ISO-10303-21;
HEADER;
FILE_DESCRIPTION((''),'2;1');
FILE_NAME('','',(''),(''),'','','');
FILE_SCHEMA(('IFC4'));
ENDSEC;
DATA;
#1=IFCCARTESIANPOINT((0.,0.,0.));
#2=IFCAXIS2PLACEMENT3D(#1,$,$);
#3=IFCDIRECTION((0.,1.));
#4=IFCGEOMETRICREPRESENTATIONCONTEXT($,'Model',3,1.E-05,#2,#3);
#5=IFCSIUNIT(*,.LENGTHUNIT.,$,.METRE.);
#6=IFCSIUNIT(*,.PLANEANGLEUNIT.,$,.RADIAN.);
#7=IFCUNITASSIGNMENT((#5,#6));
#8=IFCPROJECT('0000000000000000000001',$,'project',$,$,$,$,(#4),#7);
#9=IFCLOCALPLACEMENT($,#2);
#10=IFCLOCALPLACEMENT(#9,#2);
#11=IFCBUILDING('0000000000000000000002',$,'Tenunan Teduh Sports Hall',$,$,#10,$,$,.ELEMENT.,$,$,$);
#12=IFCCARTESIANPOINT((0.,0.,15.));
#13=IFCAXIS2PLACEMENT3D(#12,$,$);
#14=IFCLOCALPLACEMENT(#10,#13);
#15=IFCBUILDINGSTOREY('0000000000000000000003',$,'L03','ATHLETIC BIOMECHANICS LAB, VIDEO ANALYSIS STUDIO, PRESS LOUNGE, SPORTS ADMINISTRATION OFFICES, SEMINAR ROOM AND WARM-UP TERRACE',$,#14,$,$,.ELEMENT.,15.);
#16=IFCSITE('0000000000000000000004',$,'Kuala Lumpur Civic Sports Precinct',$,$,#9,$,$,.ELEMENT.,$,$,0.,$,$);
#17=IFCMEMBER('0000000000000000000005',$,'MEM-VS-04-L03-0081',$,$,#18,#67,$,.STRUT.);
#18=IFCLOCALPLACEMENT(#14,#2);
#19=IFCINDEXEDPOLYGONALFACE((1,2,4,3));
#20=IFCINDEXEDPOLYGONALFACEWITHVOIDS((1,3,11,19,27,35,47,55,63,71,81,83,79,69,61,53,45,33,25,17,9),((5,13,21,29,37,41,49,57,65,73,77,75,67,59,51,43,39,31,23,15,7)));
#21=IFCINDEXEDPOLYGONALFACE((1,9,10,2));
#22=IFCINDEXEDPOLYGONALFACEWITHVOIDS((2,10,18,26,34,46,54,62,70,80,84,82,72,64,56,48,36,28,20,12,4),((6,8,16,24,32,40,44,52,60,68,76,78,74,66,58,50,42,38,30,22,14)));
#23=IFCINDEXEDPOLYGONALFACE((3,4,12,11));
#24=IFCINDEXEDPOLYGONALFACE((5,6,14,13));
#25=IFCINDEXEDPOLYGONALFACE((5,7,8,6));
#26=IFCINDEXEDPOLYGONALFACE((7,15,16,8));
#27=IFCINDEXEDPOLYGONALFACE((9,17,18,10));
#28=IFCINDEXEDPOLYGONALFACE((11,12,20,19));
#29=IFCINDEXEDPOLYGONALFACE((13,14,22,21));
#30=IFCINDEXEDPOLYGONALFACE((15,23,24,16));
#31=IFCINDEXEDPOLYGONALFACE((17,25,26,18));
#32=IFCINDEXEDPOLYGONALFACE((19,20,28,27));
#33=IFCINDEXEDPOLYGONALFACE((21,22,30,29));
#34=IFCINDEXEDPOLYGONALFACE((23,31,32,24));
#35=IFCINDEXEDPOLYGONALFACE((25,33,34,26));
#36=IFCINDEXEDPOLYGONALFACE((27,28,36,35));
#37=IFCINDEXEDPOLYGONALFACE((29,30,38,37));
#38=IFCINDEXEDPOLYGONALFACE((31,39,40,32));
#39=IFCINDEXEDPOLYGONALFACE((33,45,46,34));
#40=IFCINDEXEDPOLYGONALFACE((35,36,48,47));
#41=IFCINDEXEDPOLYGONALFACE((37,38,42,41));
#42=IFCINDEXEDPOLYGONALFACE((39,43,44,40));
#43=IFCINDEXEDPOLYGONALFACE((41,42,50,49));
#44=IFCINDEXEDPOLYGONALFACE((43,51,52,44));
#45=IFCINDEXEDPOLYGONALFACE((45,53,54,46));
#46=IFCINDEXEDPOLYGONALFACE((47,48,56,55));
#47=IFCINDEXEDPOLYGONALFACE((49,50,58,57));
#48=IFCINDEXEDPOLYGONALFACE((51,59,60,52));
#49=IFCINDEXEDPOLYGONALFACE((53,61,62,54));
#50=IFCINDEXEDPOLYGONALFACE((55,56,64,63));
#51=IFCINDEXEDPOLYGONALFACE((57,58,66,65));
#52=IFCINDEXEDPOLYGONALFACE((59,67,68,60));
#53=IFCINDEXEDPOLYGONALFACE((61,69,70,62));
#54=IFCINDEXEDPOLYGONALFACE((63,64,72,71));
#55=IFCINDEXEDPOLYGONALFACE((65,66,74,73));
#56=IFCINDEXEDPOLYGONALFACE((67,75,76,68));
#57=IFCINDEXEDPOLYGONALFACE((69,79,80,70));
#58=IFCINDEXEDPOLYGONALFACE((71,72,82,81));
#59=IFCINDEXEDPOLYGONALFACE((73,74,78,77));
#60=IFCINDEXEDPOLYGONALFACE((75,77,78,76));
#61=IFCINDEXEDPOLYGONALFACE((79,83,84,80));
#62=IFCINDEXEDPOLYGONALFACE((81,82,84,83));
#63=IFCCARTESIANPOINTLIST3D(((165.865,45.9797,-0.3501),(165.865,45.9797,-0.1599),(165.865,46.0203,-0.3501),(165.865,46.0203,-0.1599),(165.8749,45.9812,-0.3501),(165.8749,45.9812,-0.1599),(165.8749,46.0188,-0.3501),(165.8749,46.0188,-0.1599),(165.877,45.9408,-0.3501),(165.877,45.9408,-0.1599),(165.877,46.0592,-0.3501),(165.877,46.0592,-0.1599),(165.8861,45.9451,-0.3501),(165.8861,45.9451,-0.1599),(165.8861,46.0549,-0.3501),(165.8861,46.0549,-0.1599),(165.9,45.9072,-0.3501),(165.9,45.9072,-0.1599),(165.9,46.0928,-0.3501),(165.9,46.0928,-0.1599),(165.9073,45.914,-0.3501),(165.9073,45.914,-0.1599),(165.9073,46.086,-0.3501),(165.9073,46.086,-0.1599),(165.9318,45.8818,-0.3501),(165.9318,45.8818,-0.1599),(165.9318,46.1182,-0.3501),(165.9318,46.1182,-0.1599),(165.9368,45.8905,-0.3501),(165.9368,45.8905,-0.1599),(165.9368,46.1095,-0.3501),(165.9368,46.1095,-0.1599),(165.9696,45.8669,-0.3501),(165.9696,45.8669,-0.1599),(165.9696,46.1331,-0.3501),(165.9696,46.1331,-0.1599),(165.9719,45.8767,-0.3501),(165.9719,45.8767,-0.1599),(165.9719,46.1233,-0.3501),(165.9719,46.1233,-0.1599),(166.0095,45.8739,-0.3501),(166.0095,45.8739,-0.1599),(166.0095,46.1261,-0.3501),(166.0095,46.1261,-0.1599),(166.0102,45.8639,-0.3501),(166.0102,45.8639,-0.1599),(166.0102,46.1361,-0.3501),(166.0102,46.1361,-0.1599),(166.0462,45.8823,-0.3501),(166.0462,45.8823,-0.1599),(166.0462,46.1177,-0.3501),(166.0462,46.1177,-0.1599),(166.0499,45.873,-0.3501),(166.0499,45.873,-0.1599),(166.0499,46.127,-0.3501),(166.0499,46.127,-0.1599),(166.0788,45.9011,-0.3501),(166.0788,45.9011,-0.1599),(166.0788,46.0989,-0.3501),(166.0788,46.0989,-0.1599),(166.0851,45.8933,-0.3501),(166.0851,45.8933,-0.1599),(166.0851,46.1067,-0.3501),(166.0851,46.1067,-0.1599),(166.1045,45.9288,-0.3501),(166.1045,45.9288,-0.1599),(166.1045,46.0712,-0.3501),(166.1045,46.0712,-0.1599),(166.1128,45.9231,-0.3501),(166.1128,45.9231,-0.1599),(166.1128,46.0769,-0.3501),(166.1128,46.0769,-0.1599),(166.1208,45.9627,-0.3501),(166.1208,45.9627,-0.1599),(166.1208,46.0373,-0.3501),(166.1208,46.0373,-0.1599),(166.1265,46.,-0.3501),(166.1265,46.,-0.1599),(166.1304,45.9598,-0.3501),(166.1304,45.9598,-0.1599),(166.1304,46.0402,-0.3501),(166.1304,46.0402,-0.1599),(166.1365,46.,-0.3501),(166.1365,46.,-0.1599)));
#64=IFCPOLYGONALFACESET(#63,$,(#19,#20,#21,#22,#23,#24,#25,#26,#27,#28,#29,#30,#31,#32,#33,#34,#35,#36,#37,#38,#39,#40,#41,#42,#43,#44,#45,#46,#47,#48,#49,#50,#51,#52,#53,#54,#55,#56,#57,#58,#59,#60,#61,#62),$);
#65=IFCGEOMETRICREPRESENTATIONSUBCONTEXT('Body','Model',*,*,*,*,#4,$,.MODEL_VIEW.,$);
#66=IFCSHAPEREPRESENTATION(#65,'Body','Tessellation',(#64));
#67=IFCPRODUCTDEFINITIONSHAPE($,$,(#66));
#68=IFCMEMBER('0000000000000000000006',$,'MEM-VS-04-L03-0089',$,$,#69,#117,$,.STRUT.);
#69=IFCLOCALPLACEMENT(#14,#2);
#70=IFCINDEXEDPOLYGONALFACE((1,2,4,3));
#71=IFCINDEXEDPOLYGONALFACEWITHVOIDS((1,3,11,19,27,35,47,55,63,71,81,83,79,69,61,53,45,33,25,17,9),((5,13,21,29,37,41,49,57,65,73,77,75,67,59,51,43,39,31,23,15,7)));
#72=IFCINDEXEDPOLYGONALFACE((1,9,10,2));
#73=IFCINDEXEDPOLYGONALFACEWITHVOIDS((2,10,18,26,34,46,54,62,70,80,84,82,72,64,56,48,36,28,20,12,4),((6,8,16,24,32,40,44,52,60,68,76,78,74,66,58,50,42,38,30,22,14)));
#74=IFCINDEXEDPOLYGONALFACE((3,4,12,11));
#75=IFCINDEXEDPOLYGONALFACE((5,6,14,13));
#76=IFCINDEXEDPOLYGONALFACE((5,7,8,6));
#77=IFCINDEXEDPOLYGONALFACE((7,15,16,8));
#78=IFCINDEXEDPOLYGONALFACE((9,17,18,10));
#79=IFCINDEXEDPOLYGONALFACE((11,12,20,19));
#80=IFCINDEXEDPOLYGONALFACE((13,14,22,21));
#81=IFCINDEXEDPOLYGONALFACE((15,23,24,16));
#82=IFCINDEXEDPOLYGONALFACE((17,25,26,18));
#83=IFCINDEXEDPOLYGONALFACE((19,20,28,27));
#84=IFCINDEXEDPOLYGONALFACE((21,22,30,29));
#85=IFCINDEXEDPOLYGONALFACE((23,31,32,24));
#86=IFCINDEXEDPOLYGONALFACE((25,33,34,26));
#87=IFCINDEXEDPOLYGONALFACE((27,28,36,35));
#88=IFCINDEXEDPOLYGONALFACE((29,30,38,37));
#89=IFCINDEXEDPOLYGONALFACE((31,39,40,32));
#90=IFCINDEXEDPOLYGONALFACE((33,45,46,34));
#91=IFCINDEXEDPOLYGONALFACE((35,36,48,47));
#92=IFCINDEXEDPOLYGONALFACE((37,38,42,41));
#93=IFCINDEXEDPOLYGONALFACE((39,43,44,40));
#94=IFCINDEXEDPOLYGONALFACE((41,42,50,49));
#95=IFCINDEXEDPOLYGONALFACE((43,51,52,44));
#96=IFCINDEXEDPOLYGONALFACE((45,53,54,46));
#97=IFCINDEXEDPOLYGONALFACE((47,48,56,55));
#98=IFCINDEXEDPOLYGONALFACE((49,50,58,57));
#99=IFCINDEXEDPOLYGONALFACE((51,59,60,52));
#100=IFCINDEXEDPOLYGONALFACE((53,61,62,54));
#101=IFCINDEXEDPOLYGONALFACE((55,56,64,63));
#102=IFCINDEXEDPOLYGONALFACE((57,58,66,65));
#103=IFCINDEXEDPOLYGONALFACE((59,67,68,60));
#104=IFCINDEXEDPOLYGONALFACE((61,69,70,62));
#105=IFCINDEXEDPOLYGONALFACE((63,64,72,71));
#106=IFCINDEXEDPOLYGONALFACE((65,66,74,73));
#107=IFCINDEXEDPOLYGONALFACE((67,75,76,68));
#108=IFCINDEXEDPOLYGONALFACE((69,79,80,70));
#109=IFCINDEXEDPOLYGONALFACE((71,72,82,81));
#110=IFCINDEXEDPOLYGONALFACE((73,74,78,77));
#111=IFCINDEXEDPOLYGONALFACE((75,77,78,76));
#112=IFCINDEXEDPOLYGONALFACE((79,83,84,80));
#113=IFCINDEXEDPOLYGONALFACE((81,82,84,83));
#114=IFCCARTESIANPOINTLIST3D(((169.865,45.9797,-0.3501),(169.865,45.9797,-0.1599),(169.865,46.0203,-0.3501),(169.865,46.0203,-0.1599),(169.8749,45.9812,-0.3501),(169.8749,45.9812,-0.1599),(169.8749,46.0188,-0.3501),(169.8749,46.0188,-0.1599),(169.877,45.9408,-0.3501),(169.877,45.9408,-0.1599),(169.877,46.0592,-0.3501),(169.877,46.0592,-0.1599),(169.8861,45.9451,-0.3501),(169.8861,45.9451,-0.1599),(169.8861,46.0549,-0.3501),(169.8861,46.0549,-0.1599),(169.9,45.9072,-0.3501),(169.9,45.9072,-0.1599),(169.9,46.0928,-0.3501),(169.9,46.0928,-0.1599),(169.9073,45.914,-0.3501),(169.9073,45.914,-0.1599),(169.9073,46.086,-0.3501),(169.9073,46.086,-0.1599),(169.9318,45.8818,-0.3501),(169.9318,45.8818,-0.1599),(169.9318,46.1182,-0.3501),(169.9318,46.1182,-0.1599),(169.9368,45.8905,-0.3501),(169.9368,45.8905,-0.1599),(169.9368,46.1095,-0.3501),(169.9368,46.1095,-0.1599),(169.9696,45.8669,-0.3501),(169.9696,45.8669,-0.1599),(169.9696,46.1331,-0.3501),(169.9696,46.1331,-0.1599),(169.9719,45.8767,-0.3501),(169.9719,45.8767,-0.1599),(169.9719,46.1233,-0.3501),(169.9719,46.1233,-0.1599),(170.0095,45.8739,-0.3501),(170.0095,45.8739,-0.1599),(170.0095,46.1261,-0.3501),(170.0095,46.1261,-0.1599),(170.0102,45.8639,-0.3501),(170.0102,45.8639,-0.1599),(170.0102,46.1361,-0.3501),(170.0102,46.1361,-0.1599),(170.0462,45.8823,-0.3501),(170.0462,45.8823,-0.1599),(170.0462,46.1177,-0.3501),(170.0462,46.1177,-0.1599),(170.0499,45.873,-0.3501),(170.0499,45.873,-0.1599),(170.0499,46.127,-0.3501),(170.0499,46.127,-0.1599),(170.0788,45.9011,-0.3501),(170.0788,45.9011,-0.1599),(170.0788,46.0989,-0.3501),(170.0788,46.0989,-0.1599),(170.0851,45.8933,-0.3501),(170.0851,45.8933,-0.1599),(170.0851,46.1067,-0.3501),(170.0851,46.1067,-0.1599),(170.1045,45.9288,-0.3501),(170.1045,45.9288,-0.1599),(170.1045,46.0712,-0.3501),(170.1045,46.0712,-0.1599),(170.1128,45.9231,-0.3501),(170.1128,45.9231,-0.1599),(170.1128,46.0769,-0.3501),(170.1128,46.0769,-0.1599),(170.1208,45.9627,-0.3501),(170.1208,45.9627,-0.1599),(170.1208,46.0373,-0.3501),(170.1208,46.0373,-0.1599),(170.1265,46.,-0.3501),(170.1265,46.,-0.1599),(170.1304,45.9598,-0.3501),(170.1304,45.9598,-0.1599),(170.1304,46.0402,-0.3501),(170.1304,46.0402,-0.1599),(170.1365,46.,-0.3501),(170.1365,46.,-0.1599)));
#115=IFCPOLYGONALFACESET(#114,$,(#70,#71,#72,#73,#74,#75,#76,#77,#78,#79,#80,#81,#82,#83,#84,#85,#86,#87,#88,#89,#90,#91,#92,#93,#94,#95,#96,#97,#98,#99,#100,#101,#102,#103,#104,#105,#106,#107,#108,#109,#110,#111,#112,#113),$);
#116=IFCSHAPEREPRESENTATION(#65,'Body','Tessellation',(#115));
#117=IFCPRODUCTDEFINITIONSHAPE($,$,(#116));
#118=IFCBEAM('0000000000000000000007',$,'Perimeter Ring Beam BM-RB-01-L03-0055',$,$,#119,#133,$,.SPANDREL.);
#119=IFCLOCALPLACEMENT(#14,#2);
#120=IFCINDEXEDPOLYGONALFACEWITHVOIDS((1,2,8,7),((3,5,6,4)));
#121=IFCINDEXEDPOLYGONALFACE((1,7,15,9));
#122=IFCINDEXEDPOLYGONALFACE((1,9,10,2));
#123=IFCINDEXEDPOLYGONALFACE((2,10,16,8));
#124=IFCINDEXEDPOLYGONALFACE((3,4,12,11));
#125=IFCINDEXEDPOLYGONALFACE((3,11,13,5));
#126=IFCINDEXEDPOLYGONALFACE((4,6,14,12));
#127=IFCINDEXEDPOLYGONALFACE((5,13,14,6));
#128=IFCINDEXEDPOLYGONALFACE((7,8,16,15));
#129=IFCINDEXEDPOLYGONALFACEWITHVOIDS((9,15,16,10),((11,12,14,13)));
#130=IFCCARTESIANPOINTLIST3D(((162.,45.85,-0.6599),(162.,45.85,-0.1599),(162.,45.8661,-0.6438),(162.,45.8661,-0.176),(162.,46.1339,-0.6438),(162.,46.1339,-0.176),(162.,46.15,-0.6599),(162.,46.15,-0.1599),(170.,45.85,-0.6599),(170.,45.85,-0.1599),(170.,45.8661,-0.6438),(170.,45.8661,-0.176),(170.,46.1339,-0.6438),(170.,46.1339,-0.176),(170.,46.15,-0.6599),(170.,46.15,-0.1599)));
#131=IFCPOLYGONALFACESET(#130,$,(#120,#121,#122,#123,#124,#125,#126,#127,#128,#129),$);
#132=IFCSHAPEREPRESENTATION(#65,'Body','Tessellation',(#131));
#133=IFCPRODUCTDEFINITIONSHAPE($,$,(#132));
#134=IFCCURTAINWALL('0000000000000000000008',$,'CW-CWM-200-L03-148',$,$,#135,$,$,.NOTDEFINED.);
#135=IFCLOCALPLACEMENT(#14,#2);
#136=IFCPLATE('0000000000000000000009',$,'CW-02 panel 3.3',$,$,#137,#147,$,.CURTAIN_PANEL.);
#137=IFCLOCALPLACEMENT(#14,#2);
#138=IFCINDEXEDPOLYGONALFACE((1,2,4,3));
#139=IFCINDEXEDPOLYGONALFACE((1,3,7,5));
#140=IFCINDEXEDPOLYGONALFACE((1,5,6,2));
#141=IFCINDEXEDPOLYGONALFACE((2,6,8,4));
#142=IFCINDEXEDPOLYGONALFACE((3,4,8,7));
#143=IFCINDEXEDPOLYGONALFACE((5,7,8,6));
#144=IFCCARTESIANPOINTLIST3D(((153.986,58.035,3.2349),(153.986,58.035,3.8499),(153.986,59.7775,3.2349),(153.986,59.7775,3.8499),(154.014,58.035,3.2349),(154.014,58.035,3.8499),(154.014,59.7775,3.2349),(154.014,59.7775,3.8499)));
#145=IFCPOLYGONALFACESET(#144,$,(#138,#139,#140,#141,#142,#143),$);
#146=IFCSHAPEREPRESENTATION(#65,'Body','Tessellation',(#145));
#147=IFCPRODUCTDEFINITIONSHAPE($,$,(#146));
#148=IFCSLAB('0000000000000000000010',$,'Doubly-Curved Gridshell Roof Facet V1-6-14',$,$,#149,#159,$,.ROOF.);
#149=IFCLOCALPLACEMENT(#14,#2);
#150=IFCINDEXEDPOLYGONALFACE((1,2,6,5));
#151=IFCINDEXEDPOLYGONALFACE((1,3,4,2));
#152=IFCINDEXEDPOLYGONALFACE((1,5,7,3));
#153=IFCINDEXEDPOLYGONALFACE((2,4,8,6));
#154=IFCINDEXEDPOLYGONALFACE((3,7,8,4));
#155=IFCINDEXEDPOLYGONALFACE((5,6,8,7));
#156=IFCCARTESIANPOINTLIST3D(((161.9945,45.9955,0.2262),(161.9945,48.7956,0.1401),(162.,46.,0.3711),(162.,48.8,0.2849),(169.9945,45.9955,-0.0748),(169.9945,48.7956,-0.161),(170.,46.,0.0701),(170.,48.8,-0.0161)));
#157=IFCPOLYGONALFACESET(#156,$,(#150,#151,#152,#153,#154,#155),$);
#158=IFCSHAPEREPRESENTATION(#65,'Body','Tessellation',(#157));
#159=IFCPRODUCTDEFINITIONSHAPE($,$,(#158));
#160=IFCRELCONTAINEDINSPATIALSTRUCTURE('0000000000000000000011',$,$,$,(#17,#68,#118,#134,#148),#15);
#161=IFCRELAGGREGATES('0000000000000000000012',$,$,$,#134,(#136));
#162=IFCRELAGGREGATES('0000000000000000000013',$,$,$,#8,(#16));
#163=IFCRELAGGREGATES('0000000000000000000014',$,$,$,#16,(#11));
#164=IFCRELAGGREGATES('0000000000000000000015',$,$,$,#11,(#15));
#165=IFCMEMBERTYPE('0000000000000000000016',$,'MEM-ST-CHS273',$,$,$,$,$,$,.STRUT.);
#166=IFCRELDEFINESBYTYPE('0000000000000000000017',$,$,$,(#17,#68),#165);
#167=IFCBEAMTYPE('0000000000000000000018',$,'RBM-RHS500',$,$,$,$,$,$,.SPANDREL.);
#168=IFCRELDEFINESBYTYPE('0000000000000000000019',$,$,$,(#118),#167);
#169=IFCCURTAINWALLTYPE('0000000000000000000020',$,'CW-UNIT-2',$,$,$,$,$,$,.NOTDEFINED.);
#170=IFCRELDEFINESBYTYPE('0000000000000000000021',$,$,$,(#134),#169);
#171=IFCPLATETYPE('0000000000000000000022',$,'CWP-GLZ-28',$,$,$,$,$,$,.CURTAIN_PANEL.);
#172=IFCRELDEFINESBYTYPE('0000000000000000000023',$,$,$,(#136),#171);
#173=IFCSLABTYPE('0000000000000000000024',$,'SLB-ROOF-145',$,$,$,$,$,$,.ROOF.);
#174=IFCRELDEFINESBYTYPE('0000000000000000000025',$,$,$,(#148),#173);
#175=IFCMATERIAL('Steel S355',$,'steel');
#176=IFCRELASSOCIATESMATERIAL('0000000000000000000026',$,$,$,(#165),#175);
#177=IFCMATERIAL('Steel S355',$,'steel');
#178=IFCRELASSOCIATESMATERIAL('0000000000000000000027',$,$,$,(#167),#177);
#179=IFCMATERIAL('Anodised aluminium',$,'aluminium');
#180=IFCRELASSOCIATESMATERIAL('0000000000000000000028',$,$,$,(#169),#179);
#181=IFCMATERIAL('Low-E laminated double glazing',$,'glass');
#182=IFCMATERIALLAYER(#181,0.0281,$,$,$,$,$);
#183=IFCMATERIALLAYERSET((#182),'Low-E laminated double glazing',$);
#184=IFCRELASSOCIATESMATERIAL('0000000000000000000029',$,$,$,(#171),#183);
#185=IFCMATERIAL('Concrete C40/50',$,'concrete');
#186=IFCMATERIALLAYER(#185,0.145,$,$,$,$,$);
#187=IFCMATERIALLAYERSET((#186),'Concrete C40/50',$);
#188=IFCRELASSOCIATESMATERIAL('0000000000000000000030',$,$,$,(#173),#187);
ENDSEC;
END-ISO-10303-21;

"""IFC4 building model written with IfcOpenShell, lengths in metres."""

from ifc_helpers import new_model, si_unit, direction, frame, origin, origin_2d, place, context, subcontext, project, spatial, polyline, rectangle, hollow_rectangle, hollow_circle, outline, extrude, material, layer, layer_set, material_profile, profile_set, type_object, element, aggregate, save


model = new_model("IFC4")

# Units and contexts
model_context = context("Model", 3, precision=1e-05, world=origin(), true_north=direction((0.0, 1.0)))
body_context = subcontext(model_context, "Body", "Model", "MODEL_VIEW")
ifc_project = project(units=[si_unit("LENGTHUNIT", "METRE"), si_unit("PLANEANGLEUNIT", "RADIAN")], contexts=[model_context])

# Site, building, storey
site_placement = place(None, origin())
site = spatial("IfcSite", under=ifc_project, at=site_placement, Name="Kuala Lumpur Civic Sports Precinct", CompositionType="ELEMENT", RefElevation=0.0)
building_placement = place(site_placement, origin())
building = spatial("IfcBuilding", under=site, at=building_placement, Name="Tenunan Teduh Sports Hall", CompositionType="ELEMENT")
storey_placement = place(building_placement, frame((0.0, 0.0, 15.0)))
storey = spatial("IfcBuildingStorey", under=building, at=storey_placement, Name="L03", Description="ATHLETIC BIOMECHANICS LAB, VIDEO ANALYSIS STUDIO, PRESS LOUNGE, SPORTS ADMINISTRATION OFFICES, SEMINAR ROOM AND WARM-UP TERRACE", CompositionType="ELEMENT", Elevation=15.0)

# Members
ifc_material_1 = material(Name="Steel S355", Category="steel")
ifc_material_profile_1 = material_profile(ifc_material_1, hollow_circle(Radius=0.1365, WallThickness=0.01, at=origin_2d()), Name="CHS 273.0x10.0")
ifc_profile_set_1 = profile_set([ifc_material_profile_1], Name="Steel S355")
member_type_1 = type_object("IfcMemberType", Name="MEM-ST-CHS273", PredefinedType="STRUT", material=ifc_profile_set_1)
for number, where, z_axis, x_axis, name in (
    (1, (166.0, 46.0, -0.3501), (0.0, 0.0, 1.0), (1.0, 0.0, 0.0), "MEM-VS-04-L03-0081"),
    (2, (170.0, 46.0, -0.3501), (0.0, 0.0, 1.0), (1.0, 0.0, 0.0), "MEM-VS-04-L03-0089"),
):
    element("IfcMember", number, at=place(storey_placement, frame(where, z_axis=z_axis, x_axis=x_axis)), inside=storey, type_object=member_type_1, Name=name, PredefinedType="STRUT", context=body_context, shape_type="SweptSolid", body=[
        extrude(hollow_circle(Radius=0.1365, WallThickness=0.01, at=origin_2d()), origin(), (0.0, 0.0, 1.0), 0.1902),
    ])

# Beam
ifc_material_2 = material(Name="Steel S355", Category="steel")
ifc_material_profile_2 = material_profile(ifc_material_2, hollow_rectangle(XDim=0.3, YDim=0.5, WallThickness=0.0161, at=origin_2d()), Name="RHS 500x300x16.0")
ifc_profile_set_2 = profile_set([ifc_material_profile_2], Name="Steel S355")
beam_type_1 = type_object("IfcBeamType", Name="RBM-RHS500", PredefinedType="SPANDREL", material=ifc_profile_set_2)
beam_1_placement = place(storey_placement, frame((162.0, 46.0, -0.4099), z_axis=(1.0, 0.0, 0.0), x_axis=(0.0, 1.0, 0.0)))
element("IfcBeam", 3, at=beam_1_placement, inside=storey, type_object=beam_type_1, Name="Perimeter Ring Beam BM-RB-01-L03-0055", PredefinedType="SPANDREL", context=body_context, shape_type="SweptSolid", body=[
    extrude(hollow_rectangle(XDim=0.3, YDim=0.5, WallThickness=0.0161, at=origin_2d()), origin(), (0.0, 0.0, 1.0), 8.0),
])

# Curtain wall, plate
ifc_material_3 = material(Name="Anodised aluminium", Category="aluminium")
curtain_wall_type = type_object("IfcCurtainWallType", Name="CW-UNIT-2", PredefinedType="NOTDEFINED", material=ifc_material_3)
curtain_wall_placement = place(storey_placement, origin())
curtain_wall = element("IfcCurtainWall", 4, at=curtain_wall_placement, inside=storey, type_object=curtain_wall_type, Name="CW-CWM-200-L03-148", PredefinedType="NOTDEFINED")
ifc_material_4 = material(Name="Low-E laminated double glazing", Category="glass")
ifc_layer_1 = layer(ifc_material_4, 0.0281)
ifc_layer_set_1 = layer_set([ifc_layer_1], Name="Low-E laminated double glazing")
plate_type = type_object("IfcPlateType", Name="CWP-GLZ-28", PredefinedType="CURTAIN_PANEL", material=ifc_layer_set_1)
plate_placement = place(storey_placement, frame((154.0, 58.9062, 3.2349), z_axis=(0.0, 0.0, 1.0), x_axis=(0.0, 1.0, 0.0)))
plate = element("IfcPlate", 5, at=plate_placement, type_object=plate_type, Name="CW-02 panel 3.3", PredefinedType="CURTAIN_PANEL", context=body_context, shape_type="SweptSolid", body=[
    extrude(rectangle(XDim=1.7424, YDim=0.0281, at=origin_2d()), origin(), (0.0, 0.0, 1.0), 0.615),
])
aggregate(curtain_wall, [plate])

# Slab
ifc_material_5 = material(Name="Concrete C40/50", Category="concrete")
ifc_layer_2 = layer(ifc_material_5, 0.145)
ifc_layer_set_2 = layer_set([ifc_layer_2], Name="Concrete C40/50")
slab_type = type_object("IfcSlabType", Name="SLB-ROOF-145", PredefinedType="ROOF", material=ifc_layer_set_2)
slab_placement = place(storey_placement, frame((162.0, 46.0, 0.3711), z_axis=(0.037584, 0.030742, 0.99882), x_axis=(0.999293, 0.0, -0.037602)))
element("IfcSlab", 6, at=slab_placement, inside=storey, type_object=slab_type, Name="Doubly-Curved Gridshell Roof Facet V1-6-14", PredefinedType="ROOF", context=body_context, shape_type="SweptSolid", body=[
    extrude(outline(polyline([(0.0, 0.0), (8.0057, 0.0), (8.0089, 2.8014), (0.0032, 2.8014), (0.0, 0.0)])), origin(), (0.0, 0.0, -1.0), 0.145),
])

save(model, "model.ifc")
